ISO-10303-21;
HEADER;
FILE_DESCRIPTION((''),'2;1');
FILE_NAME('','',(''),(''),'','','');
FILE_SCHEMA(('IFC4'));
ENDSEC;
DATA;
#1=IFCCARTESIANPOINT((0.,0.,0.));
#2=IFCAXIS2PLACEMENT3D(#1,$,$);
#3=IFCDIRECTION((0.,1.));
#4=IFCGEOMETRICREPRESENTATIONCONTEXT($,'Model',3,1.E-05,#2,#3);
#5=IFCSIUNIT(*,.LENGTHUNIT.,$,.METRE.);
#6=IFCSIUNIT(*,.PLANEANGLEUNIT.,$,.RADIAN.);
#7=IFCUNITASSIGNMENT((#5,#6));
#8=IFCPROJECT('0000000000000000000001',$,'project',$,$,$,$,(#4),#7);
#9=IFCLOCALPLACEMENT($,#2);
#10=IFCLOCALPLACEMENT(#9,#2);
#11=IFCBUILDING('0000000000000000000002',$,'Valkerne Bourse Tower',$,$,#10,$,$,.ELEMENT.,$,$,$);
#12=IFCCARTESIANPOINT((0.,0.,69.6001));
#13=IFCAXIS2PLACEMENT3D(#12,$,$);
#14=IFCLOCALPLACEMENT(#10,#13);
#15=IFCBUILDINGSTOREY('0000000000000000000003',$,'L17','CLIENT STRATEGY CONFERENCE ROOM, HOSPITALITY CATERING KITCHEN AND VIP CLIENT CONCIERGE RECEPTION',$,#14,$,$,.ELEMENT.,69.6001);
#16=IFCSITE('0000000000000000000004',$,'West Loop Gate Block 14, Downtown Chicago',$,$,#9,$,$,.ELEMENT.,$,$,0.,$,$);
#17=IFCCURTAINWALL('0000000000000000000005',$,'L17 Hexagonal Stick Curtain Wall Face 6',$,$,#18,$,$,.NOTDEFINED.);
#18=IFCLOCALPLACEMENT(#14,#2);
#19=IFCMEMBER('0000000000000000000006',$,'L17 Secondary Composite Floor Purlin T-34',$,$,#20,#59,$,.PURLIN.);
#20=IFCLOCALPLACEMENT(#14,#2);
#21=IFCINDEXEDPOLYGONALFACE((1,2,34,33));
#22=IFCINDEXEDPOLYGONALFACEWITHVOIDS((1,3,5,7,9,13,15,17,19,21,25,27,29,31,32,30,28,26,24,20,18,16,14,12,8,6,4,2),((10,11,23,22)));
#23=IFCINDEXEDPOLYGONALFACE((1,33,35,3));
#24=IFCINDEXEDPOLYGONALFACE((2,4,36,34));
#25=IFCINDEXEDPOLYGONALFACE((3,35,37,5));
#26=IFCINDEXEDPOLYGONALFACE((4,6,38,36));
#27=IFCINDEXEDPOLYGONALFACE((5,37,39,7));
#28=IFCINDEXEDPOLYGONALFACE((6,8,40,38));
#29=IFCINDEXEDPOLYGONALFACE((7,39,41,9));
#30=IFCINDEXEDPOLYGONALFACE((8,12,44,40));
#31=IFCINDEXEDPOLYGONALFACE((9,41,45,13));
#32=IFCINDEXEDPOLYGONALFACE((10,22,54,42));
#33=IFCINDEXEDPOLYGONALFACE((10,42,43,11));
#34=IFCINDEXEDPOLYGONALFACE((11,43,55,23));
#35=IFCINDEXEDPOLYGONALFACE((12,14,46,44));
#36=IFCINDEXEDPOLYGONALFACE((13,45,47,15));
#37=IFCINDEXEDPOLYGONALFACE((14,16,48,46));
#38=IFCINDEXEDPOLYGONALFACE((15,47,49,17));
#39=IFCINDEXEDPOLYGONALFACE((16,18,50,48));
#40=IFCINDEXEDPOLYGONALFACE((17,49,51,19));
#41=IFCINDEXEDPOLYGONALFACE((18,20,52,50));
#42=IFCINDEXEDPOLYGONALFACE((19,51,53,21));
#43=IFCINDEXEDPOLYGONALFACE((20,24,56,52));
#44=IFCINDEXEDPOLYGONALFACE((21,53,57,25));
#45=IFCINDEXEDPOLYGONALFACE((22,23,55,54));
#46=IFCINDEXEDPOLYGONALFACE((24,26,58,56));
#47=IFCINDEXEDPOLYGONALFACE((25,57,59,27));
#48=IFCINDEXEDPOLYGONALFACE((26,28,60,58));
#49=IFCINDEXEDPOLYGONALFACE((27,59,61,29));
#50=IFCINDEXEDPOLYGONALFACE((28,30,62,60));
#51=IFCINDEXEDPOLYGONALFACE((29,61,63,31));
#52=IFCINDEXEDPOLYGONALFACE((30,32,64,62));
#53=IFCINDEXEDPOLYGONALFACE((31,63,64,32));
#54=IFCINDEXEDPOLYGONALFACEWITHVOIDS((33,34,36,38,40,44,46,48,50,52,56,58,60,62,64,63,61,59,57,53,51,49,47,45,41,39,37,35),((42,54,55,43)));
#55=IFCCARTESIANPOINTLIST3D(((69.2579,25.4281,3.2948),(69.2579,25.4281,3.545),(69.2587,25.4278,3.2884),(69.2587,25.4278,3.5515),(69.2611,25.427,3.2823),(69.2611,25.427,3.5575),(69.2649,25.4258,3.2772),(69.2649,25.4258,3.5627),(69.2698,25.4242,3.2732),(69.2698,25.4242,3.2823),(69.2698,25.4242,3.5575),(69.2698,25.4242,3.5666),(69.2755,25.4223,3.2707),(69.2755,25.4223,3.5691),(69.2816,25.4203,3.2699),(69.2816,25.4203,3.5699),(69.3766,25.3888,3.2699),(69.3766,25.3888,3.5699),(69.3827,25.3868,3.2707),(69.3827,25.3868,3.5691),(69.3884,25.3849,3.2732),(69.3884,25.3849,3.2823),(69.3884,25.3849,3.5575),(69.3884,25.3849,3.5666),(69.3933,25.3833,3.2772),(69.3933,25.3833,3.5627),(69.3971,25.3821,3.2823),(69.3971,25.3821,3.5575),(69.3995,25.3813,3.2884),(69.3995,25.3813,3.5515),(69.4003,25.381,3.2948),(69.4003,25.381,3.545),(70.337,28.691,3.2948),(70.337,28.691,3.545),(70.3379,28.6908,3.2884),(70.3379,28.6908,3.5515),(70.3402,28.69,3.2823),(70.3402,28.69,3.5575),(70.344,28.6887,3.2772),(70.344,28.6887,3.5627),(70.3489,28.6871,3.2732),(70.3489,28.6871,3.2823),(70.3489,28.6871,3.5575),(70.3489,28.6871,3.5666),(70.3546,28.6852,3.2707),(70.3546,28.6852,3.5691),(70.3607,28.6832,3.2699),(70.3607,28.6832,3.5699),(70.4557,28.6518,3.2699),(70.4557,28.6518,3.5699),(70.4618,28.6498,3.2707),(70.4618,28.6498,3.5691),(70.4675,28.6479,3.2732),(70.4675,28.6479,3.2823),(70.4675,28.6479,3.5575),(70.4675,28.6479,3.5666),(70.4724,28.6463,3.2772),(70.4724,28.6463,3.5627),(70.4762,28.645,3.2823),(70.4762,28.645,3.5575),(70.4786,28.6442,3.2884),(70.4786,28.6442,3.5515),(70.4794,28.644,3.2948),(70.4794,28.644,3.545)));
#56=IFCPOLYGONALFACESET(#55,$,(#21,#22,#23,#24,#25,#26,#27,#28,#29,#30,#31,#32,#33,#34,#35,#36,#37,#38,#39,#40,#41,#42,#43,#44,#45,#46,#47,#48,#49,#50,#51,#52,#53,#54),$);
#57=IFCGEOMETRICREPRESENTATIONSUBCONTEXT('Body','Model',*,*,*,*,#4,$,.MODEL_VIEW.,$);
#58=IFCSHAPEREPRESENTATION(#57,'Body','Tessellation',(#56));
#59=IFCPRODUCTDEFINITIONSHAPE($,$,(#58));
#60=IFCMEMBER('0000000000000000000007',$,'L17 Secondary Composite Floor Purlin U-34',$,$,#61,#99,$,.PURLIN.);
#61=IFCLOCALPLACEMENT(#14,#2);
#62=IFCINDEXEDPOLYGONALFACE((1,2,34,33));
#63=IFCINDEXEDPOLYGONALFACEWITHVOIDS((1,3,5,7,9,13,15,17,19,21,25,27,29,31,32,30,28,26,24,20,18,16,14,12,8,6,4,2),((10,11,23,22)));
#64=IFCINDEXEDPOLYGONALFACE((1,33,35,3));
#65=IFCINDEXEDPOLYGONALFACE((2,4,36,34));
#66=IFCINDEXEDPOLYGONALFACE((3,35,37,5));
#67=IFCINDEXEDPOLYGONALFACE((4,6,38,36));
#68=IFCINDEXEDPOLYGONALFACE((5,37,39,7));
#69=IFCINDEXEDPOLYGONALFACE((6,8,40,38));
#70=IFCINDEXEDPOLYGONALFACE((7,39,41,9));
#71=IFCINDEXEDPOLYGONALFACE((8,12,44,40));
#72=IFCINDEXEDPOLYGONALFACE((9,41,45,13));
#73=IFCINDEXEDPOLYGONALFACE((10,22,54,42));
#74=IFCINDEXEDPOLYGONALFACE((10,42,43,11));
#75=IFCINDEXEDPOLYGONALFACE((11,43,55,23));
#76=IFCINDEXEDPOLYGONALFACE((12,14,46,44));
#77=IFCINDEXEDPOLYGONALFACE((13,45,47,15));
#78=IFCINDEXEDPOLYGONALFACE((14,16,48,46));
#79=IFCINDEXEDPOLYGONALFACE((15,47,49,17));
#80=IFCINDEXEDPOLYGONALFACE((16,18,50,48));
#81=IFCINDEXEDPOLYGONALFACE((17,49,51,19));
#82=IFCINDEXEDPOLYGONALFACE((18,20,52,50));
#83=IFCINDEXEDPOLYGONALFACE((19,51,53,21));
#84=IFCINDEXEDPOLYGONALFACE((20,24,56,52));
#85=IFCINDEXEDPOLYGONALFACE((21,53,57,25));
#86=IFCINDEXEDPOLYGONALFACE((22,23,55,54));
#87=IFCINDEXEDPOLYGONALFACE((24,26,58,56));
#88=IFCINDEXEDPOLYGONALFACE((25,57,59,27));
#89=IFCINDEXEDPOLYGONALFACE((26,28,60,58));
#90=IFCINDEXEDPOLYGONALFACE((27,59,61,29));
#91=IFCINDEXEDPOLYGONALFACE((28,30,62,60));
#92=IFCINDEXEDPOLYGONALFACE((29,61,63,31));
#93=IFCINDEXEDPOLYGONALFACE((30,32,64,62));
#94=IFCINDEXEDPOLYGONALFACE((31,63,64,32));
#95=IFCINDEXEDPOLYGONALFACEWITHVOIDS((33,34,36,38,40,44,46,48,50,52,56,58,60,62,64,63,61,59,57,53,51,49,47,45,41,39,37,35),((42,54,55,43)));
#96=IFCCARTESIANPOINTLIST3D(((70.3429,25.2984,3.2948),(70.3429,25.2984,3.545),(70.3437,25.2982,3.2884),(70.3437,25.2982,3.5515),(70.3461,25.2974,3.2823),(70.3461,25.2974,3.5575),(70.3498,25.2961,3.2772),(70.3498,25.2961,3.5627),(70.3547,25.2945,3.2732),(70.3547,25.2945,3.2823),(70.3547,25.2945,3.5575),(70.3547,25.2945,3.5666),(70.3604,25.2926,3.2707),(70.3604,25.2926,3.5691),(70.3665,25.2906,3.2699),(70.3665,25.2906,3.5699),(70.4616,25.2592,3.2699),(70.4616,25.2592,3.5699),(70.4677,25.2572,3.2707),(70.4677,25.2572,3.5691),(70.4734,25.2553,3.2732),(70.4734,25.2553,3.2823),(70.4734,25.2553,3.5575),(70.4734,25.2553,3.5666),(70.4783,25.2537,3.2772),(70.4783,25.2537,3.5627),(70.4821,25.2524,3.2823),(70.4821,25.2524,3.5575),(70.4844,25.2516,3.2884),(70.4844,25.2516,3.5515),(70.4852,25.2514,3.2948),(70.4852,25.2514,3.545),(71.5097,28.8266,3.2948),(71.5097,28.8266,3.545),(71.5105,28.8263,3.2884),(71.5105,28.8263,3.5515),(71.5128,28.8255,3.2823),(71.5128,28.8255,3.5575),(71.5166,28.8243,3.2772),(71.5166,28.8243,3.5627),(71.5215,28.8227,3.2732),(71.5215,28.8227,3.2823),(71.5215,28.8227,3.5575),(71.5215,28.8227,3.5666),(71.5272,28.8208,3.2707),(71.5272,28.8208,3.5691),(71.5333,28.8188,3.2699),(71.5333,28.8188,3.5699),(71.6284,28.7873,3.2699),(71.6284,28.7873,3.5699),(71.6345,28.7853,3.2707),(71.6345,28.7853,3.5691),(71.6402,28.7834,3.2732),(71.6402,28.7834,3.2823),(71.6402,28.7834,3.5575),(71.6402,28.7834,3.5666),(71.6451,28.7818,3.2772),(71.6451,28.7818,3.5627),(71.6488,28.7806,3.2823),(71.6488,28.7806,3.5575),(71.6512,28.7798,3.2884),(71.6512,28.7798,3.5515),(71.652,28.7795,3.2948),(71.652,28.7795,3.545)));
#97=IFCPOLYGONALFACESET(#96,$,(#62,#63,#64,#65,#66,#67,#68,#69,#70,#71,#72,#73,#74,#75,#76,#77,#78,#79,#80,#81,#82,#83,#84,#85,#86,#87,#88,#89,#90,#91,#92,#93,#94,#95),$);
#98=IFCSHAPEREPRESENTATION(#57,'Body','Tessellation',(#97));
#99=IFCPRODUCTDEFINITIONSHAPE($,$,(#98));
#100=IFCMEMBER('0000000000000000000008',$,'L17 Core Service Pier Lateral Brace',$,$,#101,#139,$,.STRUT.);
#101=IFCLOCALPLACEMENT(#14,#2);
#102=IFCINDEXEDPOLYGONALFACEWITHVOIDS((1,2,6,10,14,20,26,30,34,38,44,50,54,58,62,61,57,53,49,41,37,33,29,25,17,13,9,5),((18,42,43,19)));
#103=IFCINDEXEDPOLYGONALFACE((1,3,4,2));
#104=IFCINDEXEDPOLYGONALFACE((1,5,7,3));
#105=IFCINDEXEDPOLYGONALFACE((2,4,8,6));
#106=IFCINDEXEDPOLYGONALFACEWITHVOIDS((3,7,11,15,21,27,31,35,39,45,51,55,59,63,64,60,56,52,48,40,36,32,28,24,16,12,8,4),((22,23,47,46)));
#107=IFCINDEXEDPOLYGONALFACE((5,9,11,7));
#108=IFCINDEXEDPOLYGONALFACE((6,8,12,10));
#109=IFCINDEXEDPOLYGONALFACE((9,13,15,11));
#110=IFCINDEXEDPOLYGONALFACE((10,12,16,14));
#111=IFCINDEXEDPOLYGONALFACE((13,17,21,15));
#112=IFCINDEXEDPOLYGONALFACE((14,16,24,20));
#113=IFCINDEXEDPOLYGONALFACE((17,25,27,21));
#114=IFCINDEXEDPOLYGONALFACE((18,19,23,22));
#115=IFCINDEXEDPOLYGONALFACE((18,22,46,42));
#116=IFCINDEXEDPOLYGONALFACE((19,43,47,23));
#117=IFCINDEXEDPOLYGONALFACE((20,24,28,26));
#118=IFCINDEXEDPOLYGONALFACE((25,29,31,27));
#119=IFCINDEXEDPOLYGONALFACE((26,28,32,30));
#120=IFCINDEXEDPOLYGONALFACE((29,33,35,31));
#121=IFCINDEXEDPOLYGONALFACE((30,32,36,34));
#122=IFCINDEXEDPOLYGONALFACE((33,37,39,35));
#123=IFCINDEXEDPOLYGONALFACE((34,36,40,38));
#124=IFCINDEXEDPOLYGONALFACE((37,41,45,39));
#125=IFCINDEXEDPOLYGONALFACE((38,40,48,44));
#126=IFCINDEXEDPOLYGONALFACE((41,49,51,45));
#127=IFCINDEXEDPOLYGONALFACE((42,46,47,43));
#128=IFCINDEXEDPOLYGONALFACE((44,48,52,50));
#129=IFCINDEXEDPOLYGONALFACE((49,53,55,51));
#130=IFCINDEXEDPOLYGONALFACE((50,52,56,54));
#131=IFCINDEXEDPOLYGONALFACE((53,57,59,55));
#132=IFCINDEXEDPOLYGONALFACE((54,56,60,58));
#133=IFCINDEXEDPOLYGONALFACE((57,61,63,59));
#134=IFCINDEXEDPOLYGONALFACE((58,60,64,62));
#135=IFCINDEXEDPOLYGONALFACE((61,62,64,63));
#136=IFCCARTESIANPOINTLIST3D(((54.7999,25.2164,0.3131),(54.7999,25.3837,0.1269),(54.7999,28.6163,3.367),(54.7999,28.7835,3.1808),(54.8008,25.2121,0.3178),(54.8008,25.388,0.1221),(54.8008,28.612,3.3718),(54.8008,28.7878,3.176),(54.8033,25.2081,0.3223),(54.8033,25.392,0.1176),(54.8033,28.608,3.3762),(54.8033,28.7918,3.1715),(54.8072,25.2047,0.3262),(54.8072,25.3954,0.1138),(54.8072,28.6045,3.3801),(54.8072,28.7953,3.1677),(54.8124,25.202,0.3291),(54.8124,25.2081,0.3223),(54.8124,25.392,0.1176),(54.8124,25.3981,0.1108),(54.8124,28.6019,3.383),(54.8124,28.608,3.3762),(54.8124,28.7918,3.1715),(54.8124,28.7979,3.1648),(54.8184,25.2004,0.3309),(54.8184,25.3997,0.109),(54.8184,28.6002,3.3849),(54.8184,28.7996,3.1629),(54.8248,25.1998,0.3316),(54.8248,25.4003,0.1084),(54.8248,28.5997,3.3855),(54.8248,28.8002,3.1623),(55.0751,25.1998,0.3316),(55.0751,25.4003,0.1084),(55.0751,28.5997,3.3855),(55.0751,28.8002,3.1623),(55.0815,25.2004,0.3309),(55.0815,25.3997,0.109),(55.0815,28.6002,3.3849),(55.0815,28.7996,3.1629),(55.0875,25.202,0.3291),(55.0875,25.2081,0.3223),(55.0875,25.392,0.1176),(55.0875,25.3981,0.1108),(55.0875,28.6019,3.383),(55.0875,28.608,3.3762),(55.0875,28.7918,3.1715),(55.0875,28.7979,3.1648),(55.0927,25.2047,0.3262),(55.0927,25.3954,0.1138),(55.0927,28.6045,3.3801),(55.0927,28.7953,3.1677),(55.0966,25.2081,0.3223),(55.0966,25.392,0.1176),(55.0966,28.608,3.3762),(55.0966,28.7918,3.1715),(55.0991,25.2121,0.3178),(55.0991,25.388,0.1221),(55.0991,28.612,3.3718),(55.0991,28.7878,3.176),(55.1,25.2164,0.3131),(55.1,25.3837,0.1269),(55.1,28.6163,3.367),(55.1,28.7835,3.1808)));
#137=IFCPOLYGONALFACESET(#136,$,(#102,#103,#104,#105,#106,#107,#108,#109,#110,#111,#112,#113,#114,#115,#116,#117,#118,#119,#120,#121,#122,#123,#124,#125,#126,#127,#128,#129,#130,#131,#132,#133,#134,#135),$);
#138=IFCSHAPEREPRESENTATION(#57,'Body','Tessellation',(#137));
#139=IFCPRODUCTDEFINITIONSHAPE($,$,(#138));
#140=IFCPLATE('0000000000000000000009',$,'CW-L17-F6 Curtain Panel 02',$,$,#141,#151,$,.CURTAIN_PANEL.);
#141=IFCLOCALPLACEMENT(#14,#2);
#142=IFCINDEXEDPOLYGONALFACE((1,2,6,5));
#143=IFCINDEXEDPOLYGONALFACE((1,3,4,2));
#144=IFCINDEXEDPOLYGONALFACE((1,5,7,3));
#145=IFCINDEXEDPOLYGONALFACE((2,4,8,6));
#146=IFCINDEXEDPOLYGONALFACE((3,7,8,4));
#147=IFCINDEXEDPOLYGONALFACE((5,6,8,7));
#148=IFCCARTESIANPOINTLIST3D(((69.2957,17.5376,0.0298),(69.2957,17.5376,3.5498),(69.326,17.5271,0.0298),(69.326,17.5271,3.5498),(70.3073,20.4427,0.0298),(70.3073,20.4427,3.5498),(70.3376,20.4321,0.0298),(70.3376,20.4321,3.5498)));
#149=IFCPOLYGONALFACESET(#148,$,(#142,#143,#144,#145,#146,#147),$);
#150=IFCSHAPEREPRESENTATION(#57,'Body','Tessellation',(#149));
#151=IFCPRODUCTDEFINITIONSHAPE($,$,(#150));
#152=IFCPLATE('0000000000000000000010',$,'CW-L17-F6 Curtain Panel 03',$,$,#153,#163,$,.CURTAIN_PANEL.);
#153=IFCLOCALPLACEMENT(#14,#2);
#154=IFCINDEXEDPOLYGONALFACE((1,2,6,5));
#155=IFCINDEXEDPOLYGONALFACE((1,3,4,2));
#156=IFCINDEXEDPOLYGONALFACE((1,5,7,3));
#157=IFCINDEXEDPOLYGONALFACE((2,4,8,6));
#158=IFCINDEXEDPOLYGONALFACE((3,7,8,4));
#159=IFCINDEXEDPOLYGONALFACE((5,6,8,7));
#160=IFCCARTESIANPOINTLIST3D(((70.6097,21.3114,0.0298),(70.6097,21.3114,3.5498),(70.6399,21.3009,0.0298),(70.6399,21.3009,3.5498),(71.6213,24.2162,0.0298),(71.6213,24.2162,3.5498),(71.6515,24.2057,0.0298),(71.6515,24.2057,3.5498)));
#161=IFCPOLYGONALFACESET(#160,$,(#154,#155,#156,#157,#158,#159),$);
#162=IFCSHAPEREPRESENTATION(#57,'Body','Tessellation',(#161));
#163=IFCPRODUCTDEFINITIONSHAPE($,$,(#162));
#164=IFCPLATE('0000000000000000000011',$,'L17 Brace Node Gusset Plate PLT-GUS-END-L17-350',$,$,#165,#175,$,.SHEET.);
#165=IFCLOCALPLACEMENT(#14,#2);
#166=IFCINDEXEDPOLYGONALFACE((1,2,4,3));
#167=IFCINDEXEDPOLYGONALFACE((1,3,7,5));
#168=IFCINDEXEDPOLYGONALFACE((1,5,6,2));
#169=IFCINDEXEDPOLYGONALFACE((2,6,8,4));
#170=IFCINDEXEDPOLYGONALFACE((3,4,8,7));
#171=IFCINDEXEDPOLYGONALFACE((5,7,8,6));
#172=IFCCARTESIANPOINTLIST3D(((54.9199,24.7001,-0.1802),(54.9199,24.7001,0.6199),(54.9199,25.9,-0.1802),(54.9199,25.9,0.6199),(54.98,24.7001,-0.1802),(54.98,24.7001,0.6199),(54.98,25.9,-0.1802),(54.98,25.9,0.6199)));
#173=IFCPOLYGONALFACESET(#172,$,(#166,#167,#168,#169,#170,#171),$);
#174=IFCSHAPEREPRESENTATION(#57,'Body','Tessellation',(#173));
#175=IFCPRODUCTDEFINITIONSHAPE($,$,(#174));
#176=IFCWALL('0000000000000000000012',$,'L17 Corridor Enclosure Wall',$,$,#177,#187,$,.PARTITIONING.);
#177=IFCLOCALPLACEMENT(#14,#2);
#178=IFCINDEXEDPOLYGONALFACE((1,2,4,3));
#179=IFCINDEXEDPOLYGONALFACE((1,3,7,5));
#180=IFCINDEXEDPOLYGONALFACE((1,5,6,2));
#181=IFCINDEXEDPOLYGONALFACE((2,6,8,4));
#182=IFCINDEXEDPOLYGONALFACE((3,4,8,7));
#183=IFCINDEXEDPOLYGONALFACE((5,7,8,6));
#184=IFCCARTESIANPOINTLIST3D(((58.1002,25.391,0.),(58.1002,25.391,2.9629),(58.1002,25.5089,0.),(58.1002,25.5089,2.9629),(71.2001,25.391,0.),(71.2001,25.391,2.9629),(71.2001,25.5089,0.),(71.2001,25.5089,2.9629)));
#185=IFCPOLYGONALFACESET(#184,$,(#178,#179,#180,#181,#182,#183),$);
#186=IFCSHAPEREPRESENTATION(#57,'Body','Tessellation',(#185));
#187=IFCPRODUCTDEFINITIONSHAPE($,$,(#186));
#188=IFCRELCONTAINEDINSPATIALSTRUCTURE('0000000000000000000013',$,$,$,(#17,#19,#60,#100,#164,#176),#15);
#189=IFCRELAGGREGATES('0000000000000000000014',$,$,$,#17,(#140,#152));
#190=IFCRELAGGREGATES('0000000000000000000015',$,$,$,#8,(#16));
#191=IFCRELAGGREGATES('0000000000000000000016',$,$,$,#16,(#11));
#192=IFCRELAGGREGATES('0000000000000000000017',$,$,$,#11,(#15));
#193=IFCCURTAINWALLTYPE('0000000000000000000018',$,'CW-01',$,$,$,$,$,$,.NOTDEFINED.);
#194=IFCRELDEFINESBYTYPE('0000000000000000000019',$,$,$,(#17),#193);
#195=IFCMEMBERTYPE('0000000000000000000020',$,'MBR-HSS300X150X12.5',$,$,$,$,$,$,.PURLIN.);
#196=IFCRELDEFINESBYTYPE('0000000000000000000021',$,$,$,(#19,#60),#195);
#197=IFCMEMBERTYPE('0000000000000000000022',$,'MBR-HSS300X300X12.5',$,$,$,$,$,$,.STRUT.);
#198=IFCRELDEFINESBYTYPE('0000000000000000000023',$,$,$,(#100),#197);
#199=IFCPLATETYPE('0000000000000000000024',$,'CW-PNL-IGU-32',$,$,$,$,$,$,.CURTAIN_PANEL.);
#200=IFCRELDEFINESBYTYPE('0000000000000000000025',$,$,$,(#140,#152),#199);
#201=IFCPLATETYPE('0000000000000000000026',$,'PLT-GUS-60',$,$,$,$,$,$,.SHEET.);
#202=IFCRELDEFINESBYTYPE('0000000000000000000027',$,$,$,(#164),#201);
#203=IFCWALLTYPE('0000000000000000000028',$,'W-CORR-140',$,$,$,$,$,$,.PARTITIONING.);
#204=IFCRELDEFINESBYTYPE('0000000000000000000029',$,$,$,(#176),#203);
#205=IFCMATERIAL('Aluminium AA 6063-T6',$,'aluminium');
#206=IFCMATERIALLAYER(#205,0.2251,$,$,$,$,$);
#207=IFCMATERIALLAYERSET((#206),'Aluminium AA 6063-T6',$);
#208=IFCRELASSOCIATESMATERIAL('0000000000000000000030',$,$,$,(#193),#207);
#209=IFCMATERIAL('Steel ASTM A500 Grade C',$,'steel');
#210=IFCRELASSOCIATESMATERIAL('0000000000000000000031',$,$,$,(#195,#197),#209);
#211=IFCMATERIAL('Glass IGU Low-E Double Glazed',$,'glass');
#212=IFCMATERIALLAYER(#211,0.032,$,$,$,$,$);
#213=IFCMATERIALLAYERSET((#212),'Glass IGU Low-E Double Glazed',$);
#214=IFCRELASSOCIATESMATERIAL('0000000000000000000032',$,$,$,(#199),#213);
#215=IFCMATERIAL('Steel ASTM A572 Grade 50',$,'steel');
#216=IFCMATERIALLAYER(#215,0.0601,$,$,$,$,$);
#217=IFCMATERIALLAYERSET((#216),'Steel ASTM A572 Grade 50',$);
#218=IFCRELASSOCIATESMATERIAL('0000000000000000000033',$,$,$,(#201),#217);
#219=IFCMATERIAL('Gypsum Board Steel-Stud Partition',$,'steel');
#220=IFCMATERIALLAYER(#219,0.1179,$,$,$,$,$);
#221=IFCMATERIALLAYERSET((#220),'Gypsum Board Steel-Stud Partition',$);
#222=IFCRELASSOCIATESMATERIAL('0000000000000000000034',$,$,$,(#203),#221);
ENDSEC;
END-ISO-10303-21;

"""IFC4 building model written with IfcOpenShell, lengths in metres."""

from ifc_helpers import new_model, si_unit, direction, frame, frame_2d, origin, origin_2d, place, context, subcontext, project, spatial, rectangle, hollow_rectangle, extrude, material, layer, layer_set, material_profile, profile_set, type_object, element, aggregate, save


model = new_model("IFC4")

# Units and contexts
model_context = context("Model", 3, precision=1e-05, world=origin(), true_north=direction((0.0, 1.0)))
body_context = subcontext(model_context, "Body", "Model", "MODEL_VIEW")
ifc_project = project(units=[si_unit("LENGTHUNIT", "METRE"), si_unit("PLANEANGLEUNIT", "RADIAN")], contexts=[model_context])

# Site, building, storey
site_placement = place(None, origin())
site = spatial("IfcSite", under=ifc_project, at=site_placement, Name="West Loop Gate Block 14, Downtown Chicago", CompositionType="ELEMENT", RefElevation=0.0)
building_placement = place(site_placement, origin())
building = spatial("IfcBuilding", under=site, at=building_placement, Name="Valkerne Bourse Tower", CompositionType="ELEMENT")
storey_placement = place(building_placement, frame((0.0, 0.0, 69.6001)))
storey = spatial("IfcBuildingStorey", under=building, at=storey_placement, Name="L17", Description="CLIENT STRATEGY CONFERENCE ROOM, HOSPITALITY CATERING KITCHEN AND VIP CLIENT CONCIERGE RECEPTION", CompositionType="ELEMENT", Elevation=69.6001)

# Curtain wall
ifc_material_1 = material(Name="Aluminium AA 6063-T6", Category="aluminium")
ifc_layer_1 = layer(ifc_material_1, 0.2251)
ifc_layer_set_1 = layer_set([ifc_layer_1], Name="Aluminium AA 6063-T6")
curtain_wall_type = type_object("IfcCurtainWallType", Name="CW-01", PredefinedType="NOTDEFINED", material=ifc_layer_set_1)
curtain_wall_placement = place(storey_placement, origin())
curtain_wall = element("IfcCurtainWall", 1, at=curtain_wall_placement, inside=storey, type_object=curtain_wall_type, Name="L17 Hexagonal Stick Curtain Wall Face 6", PredefinedType="NOTDEFINED")

# Members
ifc_material_2 = material(Name="Steel ASTM A500 Grade C", Category="steel")
ifc_material_profile_1 = material_profile(ifc_material_2, hollow_rectangle(XDim=0.1499, YDim=0.3, WallThickness=0.0125, OuterFilletRadius=0.0249, at=origin_2d()), Name="HSS300X150X12.5")
ifc_profile_set_1 = profile_set([ifc_material_profile_1], Name="Steel ASTM A500 Grade C")
member_type_1 = type_object("IfcMemberType", Name="MBR-HSS300X150X12.5", PredefinedType="PURLIN", material=ifc_profile_set_1)
member_1_placement = place(storey_placement, frame((69.3291, 25.4045, 3.4199), z_axis=(0.313989, 0.949427, 0.0), x_axis=(-0.949427, 0.313989, 0.0)))
element("IfcMember", 2, at=member_1_placement, inside=storey, type_object=member_type_1, Name="L17 Secondary Composite Floor Purlin T-34", PredefinedType="PURLIN", context=body_context, shape_type="SweptSolid", body=[
    extrude(hollow_rectangle(XDim=0.1499, YDim=0.3, WallThickness=0.0125, OuterFilletRadius=0.0249, at=origin_2d()), origin(), (0.0, 0.0, 1.0), 3.4368),
])
member_2_placement = place(storey_placement, frame((70.4141, 25.2749, 3.4199), z_axis=(0.31398, 0.94943, 0.0), x_axis=(-0.94943, 0.31398, 0.0)))
element("IfcMember", 3, at=member_2_placement, inside=storey, type_object=member_type_1, Name="L17 Secondary Composite Floor Purlin U-34", PredefinedType="PURLIN", context=body_context, shape_type="SweptSolid", body=[
    extrude(hollow_rectangle(XDim=0.1499, YDim=0.3, WallThickness=0.0125, OuterFilletRadius=0.0249, at=origin_2d()), origin(), (0.0, 0.0, 1.0), 3.7161),
])
ifc_material_profile_2 = material_profile(ifc_material_2, hollow_rectangle(XDim=0.3, YDim=0.3, WallThickness=0.0125, OuterFilletRadius=0.0249, at=origin_2d()), Name="HSS300X300X12.5")
ifc_profile_set_2 = profile_set([ifc_material_profile_2], Name="Steel ASTM A500 Grade C")
member_type_2 = type_object("IfcMemberType", Name="MBR-HSS300X300X12.5", PredefinedType="STRUT", material=ifc_profile_set_2)
member_3_placement = place(storey_placement, frame((54.95, 25.3, 0.22), z_axis=(0.0, 0.743942, 0.668244), x_axis=(-1.0, 0.0, 0.0)))
element("IfcMember", 4, at=member_3_placement, inside=storey, type_object=member_type_2, Name="L17 Core Service Pier Lateral Brace", PredefinedType="STRUT", context=body_context, shape_type="SweptSolid", body=[
    extrude(hollow_rectangle(XDim=0.3, YDim=0.3, WallThickness=0.0125, OuterFilletRadius=0.0249, at=origin_2d()), origin(), (0.0, 0.0, 1.0), 4.5701),
])

# Plates
ifc_material_3 = material(Name="Glass IGU Low-E Double Glazed", Category="glass")
ifc_layer_2 = layer(ifc_material_3, 0.032)
ifc_layer_set_2 = layer_set([ifc_layer_2], Name="Glass IGU Low-E Double Glazed")
plate_type_1 = type_object("IfcPlateType", Name="CW-PNL-IGU-32", PredefinedType="CURTAIN_PANEL", material=ifc_layer_set_2)
plate_1_placement = place(storey_placement, frame((69.8167, 18.9849, 0.0298), z_axis=(0.0, 0.0, 1.0), x_axis=(0.32885, 0.944382, 0.0)))
plate_1 = element("IfcPlate", 5, at=plate_1_placement, type_object=plate_type_1, Name="CW-L17-F6 Curtain Panel 02", PredefinedType="CURTAIN_PANEL", context=body_context, shape_type="SweptSolid", body=[
    extrude(rectangle(XDim=3.0762, YDim=0.032, at=origin_2d()), origin(), (0.0, 0.0, 1.0), 3.52),
])
plate_2_placement = place(storey_placement, frame((71.1306, 22.7585, 0.0298), z_axis=(0.0, 0.0, 1.0), x_axis=(0.32888, 0.944372, 0.0)))
plate_2 = element("IfcPlate", 6, at=plate_2_placement, type_object=plate_type_1, Name="CW-L17-F6 Curtain Panel 03", PredefinedType="CURTAIN_PANEL", context=body_context, shape_type="SweptSolid", body=[
    extrude(rectangle(XDim=3.0759, YDim=0.032, at=origin_2d()), origin(), (0.0, 0.0, 1.0), 3.52),
])
aggregate(curtain_wall, [plate_1, plate_2])
ifc_material_4 = material(Name="Steel ASTM A572 Grade 50", Category="steel")
ifc_layer_3 = layer(ifc_material_4, 0.0601)
ifc_layer_set_3 = layer_set([ifc_layer_3], Name="Steel ASTM A572 Grade 50")
plate_type_2 = type_object("IfcPlateType", Name="PLT-GUS-60", PredefinedType="SHEET", material=ifc_layer_set_3)
plate_3_placement = place(storey_placement, frame((54.95, 25.3, -0.1802), z_axis=(0.0, 0.0, 1.0), x_axis=(0.0, 1.0, 0.0)))
element("IfcPlate", 7, at=plate_3_placement, inside=storey, type_object=plate_type_2, Name="L17 Brace Node Gusset Plate PLT-GUS-END-L17-350", PredefinedType="SHEET", context=body_context, shape_type="SweptSolid", body=[
    extrude(rectangle(XDim=1.2, YDim=0.0601, at=origin_2d()), origin(), (0.0, 0.0, 1.0), 0.8),
])

# Wall
ifc_material_5 = material(Name="Gypsum Board Steel-Stud Partition", Category="steel")
ifc_layer_4 = layer(ifc_material_5, 0.1179)
ifc_layer_set_4 = layer_set([ifc_layer_4], Name="Gypsum Board Steel-Stud Partition")
wall_type_1 = type_object("IfcWallType", Name="W-CORR-140", PredefinedType="PARTITIONING", material=ifc_layer_set_4)
wall_1_placement = place(storey_placement, frame((71.2, 25.45, 0.0), z_axis=(0.0, 0.0, 1.0), x_axis=(-1.0, 0.0, 0.0)))
element("IfcWall", 8, at=wall_1_placement, inside=storey, type_object=wall_type_1, Name="L17 Corridor Enclosure Wall", PredefinedType="PARTITIONING", context=body_context, shape_type="SweptSolid", body=[
    extrude(rectangle(XDim=13.0999, YDim=0.1179, at=frame_2d((6.5498, 0.0))), origin(), (0.0, 0.0, 1.0), 2.9629),
])

save(model, "model.ifc")
